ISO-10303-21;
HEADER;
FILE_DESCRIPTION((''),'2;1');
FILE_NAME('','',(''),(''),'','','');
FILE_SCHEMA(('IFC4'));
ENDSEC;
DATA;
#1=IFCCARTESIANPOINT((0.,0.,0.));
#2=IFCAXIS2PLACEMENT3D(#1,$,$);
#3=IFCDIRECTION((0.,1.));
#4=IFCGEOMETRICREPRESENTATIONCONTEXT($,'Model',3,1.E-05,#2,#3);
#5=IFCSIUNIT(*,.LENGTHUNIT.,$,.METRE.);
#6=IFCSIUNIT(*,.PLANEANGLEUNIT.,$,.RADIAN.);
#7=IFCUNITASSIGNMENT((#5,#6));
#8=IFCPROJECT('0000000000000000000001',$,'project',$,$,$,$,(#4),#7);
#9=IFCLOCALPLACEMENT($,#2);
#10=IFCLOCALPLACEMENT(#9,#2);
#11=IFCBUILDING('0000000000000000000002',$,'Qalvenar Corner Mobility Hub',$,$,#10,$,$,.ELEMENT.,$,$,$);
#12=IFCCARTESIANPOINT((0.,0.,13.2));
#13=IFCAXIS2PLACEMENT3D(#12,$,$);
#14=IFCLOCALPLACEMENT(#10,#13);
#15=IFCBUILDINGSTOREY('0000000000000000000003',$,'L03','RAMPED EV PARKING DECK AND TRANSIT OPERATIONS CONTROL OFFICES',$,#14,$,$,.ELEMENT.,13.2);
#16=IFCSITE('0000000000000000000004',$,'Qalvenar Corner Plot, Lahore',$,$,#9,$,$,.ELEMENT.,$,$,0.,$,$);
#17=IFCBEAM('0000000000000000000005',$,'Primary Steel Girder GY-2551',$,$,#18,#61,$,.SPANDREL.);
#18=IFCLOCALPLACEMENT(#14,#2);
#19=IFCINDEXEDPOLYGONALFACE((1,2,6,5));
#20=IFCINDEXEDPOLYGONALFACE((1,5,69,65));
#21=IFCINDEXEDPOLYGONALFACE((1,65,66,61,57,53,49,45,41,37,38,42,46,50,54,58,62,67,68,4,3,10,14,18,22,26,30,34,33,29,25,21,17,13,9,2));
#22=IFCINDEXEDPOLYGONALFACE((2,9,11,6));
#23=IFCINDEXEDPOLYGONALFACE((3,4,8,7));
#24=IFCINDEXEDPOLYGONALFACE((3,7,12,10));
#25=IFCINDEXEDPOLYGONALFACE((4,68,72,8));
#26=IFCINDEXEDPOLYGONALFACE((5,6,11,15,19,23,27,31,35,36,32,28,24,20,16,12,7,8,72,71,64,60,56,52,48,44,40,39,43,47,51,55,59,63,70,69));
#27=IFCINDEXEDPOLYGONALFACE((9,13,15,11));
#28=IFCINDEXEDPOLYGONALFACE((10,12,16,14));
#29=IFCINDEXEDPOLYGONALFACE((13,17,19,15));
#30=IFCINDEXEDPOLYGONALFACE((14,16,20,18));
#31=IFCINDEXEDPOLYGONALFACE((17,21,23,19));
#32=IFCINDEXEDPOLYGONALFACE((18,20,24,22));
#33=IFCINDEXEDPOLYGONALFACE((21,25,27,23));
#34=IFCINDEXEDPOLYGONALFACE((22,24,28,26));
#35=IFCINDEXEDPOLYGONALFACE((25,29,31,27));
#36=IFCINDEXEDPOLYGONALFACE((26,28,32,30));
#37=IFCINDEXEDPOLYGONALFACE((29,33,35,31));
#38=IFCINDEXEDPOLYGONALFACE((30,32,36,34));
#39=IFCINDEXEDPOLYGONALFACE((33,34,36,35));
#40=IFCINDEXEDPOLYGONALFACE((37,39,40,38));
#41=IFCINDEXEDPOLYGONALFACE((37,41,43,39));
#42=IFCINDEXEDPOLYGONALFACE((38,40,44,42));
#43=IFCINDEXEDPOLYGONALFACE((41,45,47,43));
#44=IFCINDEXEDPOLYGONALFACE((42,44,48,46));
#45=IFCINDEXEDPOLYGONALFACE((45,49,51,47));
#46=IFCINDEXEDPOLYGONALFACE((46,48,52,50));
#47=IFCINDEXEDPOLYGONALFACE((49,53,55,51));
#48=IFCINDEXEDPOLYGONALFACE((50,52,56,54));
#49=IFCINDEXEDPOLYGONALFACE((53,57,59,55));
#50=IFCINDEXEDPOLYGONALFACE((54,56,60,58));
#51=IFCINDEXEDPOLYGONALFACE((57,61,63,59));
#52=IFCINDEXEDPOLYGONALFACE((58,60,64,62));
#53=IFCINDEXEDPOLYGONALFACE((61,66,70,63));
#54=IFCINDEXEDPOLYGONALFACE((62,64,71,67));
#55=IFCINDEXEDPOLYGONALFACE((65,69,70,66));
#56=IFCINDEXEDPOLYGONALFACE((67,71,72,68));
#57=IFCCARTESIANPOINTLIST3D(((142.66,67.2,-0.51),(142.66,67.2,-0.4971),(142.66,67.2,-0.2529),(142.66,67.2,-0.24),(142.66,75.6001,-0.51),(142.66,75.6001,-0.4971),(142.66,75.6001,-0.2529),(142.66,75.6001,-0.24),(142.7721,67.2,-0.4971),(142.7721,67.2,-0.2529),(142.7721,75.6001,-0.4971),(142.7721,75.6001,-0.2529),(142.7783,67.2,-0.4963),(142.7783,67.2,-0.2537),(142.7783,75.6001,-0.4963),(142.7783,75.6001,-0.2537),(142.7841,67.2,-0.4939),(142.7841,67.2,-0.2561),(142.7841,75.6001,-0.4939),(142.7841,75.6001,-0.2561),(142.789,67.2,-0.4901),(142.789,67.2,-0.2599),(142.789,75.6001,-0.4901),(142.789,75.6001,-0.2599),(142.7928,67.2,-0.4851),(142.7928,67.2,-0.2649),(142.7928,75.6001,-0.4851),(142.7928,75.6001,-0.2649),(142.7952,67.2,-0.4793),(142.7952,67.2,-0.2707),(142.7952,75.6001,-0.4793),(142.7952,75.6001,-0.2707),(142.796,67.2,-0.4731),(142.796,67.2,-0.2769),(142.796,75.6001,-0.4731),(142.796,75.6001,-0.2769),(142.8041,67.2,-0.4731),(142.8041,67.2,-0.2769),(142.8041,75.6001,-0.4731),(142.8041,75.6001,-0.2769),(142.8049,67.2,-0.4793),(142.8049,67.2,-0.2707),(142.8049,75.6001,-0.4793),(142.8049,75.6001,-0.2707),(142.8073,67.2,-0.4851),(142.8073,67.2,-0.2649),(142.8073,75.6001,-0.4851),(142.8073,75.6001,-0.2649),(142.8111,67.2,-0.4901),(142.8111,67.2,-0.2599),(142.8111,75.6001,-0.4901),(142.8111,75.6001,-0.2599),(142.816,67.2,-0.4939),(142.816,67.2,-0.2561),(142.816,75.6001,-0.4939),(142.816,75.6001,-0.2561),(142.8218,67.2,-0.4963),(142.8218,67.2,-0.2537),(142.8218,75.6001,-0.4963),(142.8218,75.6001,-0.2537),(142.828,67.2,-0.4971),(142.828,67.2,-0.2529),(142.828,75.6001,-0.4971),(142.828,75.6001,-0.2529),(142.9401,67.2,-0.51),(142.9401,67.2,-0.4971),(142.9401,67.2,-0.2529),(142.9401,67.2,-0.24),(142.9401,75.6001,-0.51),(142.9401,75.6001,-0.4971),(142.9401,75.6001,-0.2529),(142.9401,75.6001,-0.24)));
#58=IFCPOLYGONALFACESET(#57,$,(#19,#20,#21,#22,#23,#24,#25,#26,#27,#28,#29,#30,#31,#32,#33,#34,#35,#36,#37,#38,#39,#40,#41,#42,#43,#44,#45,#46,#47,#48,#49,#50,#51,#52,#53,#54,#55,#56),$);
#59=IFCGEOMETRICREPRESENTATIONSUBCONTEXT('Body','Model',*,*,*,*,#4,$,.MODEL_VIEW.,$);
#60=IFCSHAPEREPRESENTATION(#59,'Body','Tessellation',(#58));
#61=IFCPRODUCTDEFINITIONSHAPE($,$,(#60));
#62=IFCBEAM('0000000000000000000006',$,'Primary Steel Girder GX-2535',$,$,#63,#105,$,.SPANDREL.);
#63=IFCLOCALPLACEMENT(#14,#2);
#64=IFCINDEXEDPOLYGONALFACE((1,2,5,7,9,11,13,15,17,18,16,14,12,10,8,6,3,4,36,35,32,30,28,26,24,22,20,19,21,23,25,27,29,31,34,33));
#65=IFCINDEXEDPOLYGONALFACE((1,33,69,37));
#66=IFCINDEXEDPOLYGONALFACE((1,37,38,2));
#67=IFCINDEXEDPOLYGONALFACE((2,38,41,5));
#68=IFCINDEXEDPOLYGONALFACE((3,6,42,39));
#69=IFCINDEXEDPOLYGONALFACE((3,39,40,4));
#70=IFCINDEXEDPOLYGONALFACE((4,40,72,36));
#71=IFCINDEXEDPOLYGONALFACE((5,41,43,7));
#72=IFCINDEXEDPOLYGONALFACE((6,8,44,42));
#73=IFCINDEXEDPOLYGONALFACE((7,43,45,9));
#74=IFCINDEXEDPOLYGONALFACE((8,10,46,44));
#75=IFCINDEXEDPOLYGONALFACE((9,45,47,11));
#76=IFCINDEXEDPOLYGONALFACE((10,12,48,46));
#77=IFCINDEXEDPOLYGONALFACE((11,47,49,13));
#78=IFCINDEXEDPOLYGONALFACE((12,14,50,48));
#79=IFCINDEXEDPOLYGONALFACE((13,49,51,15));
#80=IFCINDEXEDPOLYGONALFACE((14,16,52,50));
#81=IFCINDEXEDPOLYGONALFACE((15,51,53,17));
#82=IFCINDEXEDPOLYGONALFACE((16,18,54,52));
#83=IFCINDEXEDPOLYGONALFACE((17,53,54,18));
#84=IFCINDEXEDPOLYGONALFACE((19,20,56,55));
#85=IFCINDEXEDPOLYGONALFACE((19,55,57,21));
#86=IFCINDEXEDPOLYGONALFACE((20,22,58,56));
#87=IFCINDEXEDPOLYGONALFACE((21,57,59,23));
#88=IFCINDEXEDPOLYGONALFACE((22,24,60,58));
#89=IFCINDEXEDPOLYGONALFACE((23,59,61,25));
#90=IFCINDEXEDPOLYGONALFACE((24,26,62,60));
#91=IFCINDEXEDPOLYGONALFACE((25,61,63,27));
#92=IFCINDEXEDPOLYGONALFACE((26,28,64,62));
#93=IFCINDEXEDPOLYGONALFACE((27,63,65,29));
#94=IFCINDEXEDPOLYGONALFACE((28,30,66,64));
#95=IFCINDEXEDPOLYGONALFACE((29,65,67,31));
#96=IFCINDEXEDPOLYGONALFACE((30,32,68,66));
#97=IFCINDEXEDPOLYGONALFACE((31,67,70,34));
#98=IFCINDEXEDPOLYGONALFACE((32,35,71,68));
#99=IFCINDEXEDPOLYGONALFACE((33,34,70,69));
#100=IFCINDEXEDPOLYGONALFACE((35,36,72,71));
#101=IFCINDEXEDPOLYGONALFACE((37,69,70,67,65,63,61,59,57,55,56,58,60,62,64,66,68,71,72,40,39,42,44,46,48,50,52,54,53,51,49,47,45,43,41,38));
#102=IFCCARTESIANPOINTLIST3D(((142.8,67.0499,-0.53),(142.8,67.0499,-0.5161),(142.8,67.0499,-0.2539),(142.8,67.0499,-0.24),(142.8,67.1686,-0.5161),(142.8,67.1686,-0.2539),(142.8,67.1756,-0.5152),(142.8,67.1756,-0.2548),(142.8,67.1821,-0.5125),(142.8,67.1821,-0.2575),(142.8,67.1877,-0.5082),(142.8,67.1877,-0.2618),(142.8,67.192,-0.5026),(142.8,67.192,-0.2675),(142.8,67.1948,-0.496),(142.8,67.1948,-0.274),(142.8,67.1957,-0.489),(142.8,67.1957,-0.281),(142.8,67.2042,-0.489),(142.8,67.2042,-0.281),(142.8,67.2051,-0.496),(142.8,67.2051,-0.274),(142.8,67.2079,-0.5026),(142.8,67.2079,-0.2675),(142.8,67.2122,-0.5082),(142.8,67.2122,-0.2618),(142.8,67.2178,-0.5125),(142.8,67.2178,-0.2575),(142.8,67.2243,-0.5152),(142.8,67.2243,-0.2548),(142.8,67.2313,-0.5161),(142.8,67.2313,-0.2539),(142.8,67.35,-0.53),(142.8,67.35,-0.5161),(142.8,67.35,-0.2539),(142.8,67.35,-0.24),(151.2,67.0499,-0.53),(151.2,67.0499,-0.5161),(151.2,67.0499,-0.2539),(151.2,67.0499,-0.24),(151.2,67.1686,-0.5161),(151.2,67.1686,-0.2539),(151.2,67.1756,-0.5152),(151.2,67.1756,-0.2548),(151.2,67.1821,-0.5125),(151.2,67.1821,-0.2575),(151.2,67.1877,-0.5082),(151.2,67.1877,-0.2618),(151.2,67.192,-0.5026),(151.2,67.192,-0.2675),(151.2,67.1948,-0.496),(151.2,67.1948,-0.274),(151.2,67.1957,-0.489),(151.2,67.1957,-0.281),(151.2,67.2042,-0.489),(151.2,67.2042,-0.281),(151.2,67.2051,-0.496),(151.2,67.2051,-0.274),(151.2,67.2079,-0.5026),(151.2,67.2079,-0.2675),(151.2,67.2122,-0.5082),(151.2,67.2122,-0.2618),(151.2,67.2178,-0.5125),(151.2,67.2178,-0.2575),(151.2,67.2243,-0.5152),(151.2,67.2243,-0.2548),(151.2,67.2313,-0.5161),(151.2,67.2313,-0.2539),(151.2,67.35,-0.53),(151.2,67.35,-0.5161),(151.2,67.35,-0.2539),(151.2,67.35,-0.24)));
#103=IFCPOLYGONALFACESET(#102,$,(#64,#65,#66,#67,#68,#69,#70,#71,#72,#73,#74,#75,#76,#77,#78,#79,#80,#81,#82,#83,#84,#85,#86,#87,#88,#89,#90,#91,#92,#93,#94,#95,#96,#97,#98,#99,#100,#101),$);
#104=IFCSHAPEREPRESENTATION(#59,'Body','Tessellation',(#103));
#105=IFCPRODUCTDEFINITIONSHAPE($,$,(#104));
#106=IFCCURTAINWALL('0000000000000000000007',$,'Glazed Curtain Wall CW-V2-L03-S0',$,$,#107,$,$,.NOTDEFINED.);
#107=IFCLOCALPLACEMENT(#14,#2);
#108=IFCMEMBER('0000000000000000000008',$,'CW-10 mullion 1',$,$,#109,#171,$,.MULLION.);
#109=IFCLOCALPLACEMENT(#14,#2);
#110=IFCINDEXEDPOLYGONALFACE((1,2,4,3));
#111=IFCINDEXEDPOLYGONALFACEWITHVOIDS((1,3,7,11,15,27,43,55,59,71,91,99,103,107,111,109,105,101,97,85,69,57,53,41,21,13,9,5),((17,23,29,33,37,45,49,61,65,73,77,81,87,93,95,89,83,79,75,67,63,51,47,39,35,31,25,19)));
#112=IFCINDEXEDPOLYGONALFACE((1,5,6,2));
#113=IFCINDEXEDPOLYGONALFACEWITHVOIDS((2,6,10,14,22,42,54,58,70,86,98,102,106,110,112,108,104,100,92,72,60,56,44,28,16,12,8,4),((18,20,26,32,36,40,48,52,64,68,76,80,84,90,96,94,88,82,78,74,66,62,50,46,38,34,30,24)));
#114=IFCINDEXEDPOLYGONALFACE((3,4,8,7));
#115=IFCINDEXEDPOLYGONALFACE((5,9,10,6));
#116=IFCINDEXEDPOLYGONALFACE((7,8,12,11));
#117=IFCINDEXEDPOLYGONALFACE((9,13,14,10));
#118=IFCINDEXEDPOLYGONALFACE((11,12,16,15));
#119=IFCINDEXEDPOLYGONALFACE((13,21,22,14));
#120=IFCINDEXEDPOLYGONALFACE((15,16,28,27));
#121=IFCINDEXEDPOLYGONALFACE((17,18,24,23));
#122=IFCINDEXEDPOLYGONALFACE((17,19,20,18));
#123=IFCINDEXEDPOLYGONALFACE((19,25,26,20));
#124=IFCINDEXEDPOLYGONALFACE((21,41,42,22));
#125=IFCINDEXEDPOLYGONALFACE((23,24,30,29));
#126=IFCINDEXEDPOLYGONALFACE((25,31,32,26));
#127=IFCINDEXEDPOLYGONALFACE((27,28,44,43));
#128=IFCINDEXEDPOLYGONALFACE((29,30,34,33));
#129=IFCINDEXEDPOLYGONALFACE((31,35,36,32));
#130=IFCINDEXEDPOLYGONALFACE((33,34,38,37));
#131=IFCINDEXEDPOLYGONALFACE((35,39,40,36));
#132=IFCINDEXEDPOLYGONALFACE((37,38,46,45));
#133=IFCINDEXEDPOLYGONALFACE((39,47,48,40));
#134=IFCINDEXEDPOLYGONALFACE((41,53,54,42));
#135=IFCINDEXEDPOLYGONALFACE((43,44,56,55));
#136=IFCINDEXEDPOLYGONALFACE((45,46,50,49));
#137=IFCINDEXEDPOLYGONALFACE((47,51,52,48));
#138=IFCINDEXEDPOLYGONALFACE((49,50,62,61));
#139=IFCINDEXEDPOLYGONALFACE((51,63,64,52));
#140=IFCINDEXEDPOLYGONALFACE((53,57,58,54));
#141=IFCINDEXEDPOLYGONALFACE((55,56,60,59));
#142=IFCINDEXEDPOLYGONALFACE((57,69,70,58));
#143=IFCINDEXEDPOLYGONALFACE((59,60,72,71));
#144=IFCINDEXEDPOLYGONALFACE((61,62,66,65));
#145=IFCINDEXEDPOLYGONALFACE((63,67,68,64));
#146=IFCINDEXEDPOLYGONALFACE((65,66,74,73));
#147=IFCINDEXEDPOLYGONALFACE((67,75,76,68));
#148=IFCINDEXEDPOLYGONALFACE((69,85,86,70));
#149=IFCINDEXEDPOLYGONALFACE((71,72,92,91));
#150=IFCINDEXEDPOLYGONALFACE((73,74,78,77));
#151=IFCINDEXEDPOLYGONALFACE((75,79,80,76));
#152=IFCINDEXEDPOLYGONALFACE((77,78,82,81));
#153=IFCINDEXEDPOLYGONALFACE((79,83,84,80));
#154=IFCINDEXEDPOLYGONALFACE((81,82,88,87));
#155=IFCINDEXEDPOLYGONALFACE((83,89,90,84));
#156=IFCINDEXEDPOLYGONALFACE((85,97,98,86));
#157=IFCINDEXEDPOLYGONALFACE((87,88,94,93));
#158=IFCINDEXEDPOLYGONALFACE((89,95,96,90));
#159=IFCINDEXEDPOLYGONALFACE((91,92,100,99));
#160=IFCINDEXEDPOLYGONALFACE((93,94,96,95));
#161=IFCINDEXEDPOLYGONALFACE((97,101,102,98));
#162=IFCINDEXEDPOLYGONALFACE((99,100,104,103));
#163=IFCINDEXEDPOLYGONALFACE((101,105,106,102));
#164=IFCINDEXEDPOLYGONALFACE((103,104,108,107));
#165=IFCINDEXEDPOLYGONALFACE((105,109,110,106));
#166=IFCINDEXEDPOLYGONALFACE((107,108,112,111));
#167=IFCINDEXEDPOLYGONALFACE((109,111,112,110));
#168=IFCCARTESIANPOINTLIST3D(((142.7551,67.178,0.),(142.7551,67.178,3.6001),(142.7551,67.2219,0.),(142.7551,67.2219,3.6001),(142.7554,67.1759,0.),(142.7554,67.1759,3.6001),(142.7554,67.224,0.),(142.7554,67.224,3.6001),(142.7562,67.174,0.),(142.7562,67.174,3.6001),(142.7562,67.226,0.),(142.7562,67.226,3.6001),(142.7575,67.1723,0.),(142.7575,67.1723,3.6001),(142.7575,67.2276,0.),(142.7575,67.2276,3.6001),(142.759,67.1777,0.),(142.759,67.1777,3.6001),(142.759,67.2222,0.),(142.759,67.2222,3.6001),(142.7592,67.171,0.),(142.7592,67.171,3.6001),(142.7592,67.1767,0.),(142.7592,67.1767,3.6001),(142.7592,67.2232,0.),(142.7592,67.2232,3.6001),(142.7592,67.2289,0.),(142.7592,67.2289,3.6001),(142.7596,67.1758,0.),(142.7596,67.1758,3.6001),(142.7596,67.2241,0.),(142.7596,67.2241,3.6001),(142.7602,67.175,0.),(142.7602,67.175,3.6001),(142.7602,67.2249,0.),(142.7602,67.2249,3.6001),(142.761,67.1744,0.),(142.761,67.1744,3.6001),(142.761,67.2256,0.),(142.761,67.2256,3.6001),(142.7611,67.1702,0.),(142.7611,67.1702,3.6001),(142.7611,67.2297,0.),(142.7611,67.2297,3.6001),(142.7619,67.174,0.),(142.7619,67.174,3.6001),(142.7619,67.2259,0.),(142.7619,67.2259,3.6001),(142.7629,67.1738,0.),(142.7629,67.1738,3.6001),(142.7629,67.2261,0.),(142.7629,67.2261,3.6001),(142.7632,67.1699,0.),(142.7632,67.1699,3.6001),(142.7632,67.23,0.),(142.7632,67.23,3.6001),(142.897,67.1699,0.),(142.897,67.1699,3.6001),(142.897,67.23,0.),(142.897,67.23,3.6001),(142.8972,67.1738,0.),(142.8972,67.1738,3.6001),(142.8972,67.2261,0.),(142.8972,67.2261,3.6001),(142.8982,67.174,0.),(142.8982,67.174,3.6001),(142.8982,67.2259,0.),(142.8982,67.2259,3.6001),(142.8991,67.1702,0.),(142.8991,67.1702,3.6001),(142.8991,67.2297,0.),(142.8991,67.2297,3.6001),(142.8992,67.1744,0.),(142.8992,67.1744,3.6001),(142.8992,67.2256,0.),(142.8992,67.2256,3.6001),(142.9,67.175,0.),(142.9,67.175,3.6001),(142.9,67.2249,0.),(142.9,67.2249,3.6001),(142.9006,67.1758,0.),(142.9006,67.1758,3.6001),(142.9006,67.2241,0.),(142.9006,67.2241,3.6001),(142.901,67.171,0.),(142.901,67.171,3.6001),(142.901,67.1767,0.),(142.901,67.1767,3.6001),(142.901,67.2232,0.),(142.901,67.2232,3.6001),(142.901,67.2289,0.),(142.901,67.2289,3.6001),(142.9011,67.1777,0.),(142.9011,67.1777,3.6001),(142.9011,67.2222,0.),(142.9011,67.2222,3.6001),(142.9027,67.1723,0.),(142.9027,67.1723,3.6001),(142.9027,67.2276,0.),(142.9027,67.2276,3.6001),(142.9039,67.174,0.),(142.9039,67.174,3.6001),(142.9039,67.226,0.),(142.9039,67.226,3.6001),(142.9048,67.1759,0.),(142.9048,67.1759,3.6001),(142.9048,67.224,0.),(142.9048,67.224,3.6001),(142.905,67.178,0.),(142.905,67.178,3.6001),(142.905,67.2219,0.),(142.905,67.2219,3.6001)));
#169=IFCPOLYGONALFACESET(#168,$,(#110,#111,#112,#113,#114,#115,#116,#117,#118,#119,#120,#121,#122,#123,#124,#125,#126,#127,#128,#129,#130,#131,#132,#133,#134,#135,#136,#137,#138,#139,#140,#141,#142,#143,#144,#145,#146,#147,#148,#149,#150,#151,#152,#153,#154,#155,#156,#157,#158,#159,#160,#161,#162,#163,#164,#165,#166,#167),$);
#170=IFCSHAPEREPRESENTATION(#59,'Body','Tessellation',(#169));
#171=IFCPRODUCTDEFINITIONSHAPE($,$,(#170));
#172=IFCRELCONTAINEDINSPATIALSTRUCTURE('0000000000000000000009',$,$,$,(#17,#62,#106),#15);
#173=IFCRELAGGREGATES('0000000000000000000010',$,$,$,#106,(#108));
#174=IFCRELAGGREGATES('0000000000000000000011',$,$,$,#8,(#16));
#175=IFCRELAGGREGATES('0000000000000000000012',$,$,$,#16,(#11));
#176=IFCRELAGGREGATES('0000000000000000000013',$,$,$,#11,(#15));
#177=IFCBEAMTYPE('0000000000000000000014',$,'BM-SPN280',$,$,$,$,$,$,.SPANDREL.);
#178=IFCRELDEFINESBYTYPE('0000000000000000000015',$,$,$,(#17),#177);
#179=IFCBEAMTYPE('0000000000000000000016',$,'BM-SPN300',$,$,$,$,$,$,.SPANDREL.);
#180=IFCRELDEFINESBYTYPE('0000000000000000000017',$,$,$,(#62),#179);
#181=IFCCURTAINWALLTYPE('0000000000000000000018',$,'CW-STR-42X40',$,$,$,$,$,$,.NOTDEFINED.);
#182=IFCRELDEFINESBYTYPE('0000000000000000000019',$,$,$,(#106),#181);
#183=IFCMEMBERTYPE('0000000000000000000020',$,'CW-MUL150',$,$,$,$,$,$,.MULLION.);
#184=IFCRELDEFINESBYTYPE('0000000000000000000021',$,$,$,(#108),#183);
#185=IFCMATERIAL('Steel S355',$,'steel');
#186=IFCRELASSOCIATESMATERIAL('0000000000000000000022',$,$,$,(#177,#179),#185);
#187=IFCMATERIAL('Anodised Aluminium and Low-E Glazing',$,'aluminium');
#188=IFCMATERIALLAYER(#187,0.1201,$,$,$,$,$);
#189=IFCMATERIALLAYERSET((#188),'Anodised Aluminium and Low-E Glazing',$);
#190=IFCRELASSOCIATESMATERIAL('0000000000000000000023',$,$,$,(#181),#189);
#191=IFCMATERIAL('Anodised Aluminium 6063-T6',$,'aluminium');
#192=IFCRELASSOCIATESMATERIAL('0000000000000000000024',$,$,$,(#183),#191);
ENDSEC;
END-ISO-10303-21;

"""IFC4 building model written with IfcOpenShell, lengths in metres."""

from ifc_helpers import new_model, si_unit, direction, frame, origin, origin_2d, place, context, subcontext, project, spatial, hollow_rectangle, i_section, extrude, material, layer, layer_set, material_profile, profile_set, type_object, element, aggregate, save


model = new_model("IFC4")

# Units and contexts
model_context = context("Model", 3, precision=1e-05, world=origin(), true_north=direction((0.0, 1.0)))
body_context = subcontext(model_context, "Body", "Model", "MODEL_VIEW")
ifc_project = project(units=[si_unit("LENGTHUNIT", "METRE"), si_unit("PLANEANGLEUNIT", "RADIAN")], contexts=[model_context])

# Site, building, storey
site_placement = place(None, origin())
site = spatial("IfcSite", under=ifc_project, at=site_placement, Name="Qalvenar Corner Plot, Lahore", CompositionType="ELEMENT", RefElevation=0.0)
building_placement = place(site_placement, origin())
building = spatial("IfcBuilding", under=site, at=building_placement, Name="Qalvenar Corner Mobility Hub", CompositionType="ELEMENT")
storey_placement = place(building_placement, frame((0.0, 0.0, 13.2)))
storey = spatial("IfcBuildingStorey", under=building, at=storey_placement, Name="L03", Description="RAMPED EV PARKING DECK AND TRANSIT OPERATIONS CONTROL OFFICES", CompositionType="ELEMENT", Elevation=13.2)

# Shared definitions
ifc_material_1 = material(Name="Steel S355", Category="steel")

# Beams
ifc_material_profile_1 = material_profile(ifc_material_1, i_section(OverallWidth=0.28, OverallDepth=0.27, WebThickness=0.0081, FlangeThickness=0.0129, FilletRadius=0.0239, at=origin_2d()), Name="HEA280")
ifc_profile_set_1 = profile_set([ifc_material_profile_1], Name="Steel S355")
beam_type_1 = type_object("IfcBeamType", Name="BM-SPN280", PredefinedType="SPANDREL", material=ifc_profile_set_1)
beam_1_placement = place(storey_placement, frame((142.8, 67.2, -0.375), z_axis=(0.0, 1.0, 0.0), x_axis=(-1.0, 0.0, 0.0)))
element("IfcBeam", 1, at=beam_1_placement, inside=storey, type_object=beam_type_1, Name="Primary Steel Girder GY-2551", PredefinedType="SPANDREL", context=body_context, shape_type="SweptSolid", body=[
    extrude(i_section(OverallWidth=0.28, OverallDepth=0.27, WebThickness=0.0081, FlangeThickness=0.0129, FilletRadius=0.0239, at=origin_2d()), origin(), (0.0, 0.0, 1.0), 8.4001),
])
ifc_material_profile_2 = material_profile(ifc_material_1, i_section(OverallWidth=0.3, OverallDepth=0.29, WebThickness=0.0085, FlangeThickness=0.0139, FilletRadius=0.0271, at=origin_2d()), Name="HEA300")
ifc_profile_set_2 = profile_set([ifc_material_profile_2], Name="Steel S355")
beam_type_2 = type_object("IfcBeamType", Name="BM-SPN300", PredefinedType="SPANDREL", material=ifc_profile_set_2)
beam_2_placement = place(storey_placement, frame((142.8, 67.2, -0.385), z_axis=(1.0, 0.0, 0.0), x_axis=(0.0, 1.0, 0.0)))
element("IfcBeam", 2, at=beam_2_placement, inside=storey, type_object=beam_type_2, Name="Primary Steel Girder GX-2535", PredefinedType="SPANDREL", context=body_context, shape_type="SweptSolid", body=[
    extrude(i_section(OverallWidth=0.3, OverallDepth=0.29, WebThickness=0.0085, FlangeThickness=0.0139, FilletRadius=0.0271, at=origin_2d()), origin(), (0.0, 0.0, 1.0), 8.3999),
])

# Curtain wall, member
ifc_material_2 = material(Name="Anodised Aluminium and Low-E Glazing", Category="aluminium")
ifc_layer_1 = layer(ifc_material_2, 0.1201)
ifc_layer_set_1 = layer_set([ifc_layer_1], Name="Anodised Aluminium and Low-E Glazing")
curtain_wall_type = type_object("IfcCurtainWallType", Name="CW-STR-42X40", PredefinedType="NOTDEFINED", material=ifc_layer_set_1)
curtain_wall_placement = place(storey_placement, origin())
curtain_wall = element("IfcCurtainWall", 3, at=curtain_wall_placement, inside=storey, type_object=curtain_wall_type, Name="Glazed Curtain Wall CW-V2-L03-S0", PredefinedType="NOTDEFINED")
ifc_material_3 = material(Name="Anodised Aluminium 6063-T6", Category="aluminium")
ifc_material_profile_3 = material_profile(ifc_material_3, hollow_rectangle(XDim=0.0601, YDim=0.1499, WallThickness=0.0039, InnerFilletRadius=0.0039, OuterFilletRadius=0.0081, at=origin_2d()), Name="RHS150x60x4")
ifc_profile_set_3 = profile_set([ifc_material_profile_3], Name="Anodised Aluminium 6063-T6")
member_type_1 = type_object("IfcMemberType", Name="CW-MUL150", PredefinedType="MULLION", material=ifc_profile_set_3)
member_1_placement = place(storey_placement, frame((142.8301, 67.2, 0.0), z_axis=(0.0, 0.0, 1.0), x_axis=(0.0, 1.0, 0.0)))
member_1 = element("IfcMember", 4, at=member_1_placement, type_object=member_type_1, Name="CW-10 mullion 1", PredefinedType="MULLION", context=body_context, shape_type="SweptSolid", body=[
    extrude(hollow_rectangle(XDim=0.0601, YDim=0.1499, WallThickness=0.0039, InnerFilletRadius=0.0039, OuterFilletRadius=0.0081, at=origin_2d()), origin(), (0.0, 0.0, 1.0), 3.6001),
])

aggregate(curtain_wall, [member_1])

save(model, "model.ifc")
